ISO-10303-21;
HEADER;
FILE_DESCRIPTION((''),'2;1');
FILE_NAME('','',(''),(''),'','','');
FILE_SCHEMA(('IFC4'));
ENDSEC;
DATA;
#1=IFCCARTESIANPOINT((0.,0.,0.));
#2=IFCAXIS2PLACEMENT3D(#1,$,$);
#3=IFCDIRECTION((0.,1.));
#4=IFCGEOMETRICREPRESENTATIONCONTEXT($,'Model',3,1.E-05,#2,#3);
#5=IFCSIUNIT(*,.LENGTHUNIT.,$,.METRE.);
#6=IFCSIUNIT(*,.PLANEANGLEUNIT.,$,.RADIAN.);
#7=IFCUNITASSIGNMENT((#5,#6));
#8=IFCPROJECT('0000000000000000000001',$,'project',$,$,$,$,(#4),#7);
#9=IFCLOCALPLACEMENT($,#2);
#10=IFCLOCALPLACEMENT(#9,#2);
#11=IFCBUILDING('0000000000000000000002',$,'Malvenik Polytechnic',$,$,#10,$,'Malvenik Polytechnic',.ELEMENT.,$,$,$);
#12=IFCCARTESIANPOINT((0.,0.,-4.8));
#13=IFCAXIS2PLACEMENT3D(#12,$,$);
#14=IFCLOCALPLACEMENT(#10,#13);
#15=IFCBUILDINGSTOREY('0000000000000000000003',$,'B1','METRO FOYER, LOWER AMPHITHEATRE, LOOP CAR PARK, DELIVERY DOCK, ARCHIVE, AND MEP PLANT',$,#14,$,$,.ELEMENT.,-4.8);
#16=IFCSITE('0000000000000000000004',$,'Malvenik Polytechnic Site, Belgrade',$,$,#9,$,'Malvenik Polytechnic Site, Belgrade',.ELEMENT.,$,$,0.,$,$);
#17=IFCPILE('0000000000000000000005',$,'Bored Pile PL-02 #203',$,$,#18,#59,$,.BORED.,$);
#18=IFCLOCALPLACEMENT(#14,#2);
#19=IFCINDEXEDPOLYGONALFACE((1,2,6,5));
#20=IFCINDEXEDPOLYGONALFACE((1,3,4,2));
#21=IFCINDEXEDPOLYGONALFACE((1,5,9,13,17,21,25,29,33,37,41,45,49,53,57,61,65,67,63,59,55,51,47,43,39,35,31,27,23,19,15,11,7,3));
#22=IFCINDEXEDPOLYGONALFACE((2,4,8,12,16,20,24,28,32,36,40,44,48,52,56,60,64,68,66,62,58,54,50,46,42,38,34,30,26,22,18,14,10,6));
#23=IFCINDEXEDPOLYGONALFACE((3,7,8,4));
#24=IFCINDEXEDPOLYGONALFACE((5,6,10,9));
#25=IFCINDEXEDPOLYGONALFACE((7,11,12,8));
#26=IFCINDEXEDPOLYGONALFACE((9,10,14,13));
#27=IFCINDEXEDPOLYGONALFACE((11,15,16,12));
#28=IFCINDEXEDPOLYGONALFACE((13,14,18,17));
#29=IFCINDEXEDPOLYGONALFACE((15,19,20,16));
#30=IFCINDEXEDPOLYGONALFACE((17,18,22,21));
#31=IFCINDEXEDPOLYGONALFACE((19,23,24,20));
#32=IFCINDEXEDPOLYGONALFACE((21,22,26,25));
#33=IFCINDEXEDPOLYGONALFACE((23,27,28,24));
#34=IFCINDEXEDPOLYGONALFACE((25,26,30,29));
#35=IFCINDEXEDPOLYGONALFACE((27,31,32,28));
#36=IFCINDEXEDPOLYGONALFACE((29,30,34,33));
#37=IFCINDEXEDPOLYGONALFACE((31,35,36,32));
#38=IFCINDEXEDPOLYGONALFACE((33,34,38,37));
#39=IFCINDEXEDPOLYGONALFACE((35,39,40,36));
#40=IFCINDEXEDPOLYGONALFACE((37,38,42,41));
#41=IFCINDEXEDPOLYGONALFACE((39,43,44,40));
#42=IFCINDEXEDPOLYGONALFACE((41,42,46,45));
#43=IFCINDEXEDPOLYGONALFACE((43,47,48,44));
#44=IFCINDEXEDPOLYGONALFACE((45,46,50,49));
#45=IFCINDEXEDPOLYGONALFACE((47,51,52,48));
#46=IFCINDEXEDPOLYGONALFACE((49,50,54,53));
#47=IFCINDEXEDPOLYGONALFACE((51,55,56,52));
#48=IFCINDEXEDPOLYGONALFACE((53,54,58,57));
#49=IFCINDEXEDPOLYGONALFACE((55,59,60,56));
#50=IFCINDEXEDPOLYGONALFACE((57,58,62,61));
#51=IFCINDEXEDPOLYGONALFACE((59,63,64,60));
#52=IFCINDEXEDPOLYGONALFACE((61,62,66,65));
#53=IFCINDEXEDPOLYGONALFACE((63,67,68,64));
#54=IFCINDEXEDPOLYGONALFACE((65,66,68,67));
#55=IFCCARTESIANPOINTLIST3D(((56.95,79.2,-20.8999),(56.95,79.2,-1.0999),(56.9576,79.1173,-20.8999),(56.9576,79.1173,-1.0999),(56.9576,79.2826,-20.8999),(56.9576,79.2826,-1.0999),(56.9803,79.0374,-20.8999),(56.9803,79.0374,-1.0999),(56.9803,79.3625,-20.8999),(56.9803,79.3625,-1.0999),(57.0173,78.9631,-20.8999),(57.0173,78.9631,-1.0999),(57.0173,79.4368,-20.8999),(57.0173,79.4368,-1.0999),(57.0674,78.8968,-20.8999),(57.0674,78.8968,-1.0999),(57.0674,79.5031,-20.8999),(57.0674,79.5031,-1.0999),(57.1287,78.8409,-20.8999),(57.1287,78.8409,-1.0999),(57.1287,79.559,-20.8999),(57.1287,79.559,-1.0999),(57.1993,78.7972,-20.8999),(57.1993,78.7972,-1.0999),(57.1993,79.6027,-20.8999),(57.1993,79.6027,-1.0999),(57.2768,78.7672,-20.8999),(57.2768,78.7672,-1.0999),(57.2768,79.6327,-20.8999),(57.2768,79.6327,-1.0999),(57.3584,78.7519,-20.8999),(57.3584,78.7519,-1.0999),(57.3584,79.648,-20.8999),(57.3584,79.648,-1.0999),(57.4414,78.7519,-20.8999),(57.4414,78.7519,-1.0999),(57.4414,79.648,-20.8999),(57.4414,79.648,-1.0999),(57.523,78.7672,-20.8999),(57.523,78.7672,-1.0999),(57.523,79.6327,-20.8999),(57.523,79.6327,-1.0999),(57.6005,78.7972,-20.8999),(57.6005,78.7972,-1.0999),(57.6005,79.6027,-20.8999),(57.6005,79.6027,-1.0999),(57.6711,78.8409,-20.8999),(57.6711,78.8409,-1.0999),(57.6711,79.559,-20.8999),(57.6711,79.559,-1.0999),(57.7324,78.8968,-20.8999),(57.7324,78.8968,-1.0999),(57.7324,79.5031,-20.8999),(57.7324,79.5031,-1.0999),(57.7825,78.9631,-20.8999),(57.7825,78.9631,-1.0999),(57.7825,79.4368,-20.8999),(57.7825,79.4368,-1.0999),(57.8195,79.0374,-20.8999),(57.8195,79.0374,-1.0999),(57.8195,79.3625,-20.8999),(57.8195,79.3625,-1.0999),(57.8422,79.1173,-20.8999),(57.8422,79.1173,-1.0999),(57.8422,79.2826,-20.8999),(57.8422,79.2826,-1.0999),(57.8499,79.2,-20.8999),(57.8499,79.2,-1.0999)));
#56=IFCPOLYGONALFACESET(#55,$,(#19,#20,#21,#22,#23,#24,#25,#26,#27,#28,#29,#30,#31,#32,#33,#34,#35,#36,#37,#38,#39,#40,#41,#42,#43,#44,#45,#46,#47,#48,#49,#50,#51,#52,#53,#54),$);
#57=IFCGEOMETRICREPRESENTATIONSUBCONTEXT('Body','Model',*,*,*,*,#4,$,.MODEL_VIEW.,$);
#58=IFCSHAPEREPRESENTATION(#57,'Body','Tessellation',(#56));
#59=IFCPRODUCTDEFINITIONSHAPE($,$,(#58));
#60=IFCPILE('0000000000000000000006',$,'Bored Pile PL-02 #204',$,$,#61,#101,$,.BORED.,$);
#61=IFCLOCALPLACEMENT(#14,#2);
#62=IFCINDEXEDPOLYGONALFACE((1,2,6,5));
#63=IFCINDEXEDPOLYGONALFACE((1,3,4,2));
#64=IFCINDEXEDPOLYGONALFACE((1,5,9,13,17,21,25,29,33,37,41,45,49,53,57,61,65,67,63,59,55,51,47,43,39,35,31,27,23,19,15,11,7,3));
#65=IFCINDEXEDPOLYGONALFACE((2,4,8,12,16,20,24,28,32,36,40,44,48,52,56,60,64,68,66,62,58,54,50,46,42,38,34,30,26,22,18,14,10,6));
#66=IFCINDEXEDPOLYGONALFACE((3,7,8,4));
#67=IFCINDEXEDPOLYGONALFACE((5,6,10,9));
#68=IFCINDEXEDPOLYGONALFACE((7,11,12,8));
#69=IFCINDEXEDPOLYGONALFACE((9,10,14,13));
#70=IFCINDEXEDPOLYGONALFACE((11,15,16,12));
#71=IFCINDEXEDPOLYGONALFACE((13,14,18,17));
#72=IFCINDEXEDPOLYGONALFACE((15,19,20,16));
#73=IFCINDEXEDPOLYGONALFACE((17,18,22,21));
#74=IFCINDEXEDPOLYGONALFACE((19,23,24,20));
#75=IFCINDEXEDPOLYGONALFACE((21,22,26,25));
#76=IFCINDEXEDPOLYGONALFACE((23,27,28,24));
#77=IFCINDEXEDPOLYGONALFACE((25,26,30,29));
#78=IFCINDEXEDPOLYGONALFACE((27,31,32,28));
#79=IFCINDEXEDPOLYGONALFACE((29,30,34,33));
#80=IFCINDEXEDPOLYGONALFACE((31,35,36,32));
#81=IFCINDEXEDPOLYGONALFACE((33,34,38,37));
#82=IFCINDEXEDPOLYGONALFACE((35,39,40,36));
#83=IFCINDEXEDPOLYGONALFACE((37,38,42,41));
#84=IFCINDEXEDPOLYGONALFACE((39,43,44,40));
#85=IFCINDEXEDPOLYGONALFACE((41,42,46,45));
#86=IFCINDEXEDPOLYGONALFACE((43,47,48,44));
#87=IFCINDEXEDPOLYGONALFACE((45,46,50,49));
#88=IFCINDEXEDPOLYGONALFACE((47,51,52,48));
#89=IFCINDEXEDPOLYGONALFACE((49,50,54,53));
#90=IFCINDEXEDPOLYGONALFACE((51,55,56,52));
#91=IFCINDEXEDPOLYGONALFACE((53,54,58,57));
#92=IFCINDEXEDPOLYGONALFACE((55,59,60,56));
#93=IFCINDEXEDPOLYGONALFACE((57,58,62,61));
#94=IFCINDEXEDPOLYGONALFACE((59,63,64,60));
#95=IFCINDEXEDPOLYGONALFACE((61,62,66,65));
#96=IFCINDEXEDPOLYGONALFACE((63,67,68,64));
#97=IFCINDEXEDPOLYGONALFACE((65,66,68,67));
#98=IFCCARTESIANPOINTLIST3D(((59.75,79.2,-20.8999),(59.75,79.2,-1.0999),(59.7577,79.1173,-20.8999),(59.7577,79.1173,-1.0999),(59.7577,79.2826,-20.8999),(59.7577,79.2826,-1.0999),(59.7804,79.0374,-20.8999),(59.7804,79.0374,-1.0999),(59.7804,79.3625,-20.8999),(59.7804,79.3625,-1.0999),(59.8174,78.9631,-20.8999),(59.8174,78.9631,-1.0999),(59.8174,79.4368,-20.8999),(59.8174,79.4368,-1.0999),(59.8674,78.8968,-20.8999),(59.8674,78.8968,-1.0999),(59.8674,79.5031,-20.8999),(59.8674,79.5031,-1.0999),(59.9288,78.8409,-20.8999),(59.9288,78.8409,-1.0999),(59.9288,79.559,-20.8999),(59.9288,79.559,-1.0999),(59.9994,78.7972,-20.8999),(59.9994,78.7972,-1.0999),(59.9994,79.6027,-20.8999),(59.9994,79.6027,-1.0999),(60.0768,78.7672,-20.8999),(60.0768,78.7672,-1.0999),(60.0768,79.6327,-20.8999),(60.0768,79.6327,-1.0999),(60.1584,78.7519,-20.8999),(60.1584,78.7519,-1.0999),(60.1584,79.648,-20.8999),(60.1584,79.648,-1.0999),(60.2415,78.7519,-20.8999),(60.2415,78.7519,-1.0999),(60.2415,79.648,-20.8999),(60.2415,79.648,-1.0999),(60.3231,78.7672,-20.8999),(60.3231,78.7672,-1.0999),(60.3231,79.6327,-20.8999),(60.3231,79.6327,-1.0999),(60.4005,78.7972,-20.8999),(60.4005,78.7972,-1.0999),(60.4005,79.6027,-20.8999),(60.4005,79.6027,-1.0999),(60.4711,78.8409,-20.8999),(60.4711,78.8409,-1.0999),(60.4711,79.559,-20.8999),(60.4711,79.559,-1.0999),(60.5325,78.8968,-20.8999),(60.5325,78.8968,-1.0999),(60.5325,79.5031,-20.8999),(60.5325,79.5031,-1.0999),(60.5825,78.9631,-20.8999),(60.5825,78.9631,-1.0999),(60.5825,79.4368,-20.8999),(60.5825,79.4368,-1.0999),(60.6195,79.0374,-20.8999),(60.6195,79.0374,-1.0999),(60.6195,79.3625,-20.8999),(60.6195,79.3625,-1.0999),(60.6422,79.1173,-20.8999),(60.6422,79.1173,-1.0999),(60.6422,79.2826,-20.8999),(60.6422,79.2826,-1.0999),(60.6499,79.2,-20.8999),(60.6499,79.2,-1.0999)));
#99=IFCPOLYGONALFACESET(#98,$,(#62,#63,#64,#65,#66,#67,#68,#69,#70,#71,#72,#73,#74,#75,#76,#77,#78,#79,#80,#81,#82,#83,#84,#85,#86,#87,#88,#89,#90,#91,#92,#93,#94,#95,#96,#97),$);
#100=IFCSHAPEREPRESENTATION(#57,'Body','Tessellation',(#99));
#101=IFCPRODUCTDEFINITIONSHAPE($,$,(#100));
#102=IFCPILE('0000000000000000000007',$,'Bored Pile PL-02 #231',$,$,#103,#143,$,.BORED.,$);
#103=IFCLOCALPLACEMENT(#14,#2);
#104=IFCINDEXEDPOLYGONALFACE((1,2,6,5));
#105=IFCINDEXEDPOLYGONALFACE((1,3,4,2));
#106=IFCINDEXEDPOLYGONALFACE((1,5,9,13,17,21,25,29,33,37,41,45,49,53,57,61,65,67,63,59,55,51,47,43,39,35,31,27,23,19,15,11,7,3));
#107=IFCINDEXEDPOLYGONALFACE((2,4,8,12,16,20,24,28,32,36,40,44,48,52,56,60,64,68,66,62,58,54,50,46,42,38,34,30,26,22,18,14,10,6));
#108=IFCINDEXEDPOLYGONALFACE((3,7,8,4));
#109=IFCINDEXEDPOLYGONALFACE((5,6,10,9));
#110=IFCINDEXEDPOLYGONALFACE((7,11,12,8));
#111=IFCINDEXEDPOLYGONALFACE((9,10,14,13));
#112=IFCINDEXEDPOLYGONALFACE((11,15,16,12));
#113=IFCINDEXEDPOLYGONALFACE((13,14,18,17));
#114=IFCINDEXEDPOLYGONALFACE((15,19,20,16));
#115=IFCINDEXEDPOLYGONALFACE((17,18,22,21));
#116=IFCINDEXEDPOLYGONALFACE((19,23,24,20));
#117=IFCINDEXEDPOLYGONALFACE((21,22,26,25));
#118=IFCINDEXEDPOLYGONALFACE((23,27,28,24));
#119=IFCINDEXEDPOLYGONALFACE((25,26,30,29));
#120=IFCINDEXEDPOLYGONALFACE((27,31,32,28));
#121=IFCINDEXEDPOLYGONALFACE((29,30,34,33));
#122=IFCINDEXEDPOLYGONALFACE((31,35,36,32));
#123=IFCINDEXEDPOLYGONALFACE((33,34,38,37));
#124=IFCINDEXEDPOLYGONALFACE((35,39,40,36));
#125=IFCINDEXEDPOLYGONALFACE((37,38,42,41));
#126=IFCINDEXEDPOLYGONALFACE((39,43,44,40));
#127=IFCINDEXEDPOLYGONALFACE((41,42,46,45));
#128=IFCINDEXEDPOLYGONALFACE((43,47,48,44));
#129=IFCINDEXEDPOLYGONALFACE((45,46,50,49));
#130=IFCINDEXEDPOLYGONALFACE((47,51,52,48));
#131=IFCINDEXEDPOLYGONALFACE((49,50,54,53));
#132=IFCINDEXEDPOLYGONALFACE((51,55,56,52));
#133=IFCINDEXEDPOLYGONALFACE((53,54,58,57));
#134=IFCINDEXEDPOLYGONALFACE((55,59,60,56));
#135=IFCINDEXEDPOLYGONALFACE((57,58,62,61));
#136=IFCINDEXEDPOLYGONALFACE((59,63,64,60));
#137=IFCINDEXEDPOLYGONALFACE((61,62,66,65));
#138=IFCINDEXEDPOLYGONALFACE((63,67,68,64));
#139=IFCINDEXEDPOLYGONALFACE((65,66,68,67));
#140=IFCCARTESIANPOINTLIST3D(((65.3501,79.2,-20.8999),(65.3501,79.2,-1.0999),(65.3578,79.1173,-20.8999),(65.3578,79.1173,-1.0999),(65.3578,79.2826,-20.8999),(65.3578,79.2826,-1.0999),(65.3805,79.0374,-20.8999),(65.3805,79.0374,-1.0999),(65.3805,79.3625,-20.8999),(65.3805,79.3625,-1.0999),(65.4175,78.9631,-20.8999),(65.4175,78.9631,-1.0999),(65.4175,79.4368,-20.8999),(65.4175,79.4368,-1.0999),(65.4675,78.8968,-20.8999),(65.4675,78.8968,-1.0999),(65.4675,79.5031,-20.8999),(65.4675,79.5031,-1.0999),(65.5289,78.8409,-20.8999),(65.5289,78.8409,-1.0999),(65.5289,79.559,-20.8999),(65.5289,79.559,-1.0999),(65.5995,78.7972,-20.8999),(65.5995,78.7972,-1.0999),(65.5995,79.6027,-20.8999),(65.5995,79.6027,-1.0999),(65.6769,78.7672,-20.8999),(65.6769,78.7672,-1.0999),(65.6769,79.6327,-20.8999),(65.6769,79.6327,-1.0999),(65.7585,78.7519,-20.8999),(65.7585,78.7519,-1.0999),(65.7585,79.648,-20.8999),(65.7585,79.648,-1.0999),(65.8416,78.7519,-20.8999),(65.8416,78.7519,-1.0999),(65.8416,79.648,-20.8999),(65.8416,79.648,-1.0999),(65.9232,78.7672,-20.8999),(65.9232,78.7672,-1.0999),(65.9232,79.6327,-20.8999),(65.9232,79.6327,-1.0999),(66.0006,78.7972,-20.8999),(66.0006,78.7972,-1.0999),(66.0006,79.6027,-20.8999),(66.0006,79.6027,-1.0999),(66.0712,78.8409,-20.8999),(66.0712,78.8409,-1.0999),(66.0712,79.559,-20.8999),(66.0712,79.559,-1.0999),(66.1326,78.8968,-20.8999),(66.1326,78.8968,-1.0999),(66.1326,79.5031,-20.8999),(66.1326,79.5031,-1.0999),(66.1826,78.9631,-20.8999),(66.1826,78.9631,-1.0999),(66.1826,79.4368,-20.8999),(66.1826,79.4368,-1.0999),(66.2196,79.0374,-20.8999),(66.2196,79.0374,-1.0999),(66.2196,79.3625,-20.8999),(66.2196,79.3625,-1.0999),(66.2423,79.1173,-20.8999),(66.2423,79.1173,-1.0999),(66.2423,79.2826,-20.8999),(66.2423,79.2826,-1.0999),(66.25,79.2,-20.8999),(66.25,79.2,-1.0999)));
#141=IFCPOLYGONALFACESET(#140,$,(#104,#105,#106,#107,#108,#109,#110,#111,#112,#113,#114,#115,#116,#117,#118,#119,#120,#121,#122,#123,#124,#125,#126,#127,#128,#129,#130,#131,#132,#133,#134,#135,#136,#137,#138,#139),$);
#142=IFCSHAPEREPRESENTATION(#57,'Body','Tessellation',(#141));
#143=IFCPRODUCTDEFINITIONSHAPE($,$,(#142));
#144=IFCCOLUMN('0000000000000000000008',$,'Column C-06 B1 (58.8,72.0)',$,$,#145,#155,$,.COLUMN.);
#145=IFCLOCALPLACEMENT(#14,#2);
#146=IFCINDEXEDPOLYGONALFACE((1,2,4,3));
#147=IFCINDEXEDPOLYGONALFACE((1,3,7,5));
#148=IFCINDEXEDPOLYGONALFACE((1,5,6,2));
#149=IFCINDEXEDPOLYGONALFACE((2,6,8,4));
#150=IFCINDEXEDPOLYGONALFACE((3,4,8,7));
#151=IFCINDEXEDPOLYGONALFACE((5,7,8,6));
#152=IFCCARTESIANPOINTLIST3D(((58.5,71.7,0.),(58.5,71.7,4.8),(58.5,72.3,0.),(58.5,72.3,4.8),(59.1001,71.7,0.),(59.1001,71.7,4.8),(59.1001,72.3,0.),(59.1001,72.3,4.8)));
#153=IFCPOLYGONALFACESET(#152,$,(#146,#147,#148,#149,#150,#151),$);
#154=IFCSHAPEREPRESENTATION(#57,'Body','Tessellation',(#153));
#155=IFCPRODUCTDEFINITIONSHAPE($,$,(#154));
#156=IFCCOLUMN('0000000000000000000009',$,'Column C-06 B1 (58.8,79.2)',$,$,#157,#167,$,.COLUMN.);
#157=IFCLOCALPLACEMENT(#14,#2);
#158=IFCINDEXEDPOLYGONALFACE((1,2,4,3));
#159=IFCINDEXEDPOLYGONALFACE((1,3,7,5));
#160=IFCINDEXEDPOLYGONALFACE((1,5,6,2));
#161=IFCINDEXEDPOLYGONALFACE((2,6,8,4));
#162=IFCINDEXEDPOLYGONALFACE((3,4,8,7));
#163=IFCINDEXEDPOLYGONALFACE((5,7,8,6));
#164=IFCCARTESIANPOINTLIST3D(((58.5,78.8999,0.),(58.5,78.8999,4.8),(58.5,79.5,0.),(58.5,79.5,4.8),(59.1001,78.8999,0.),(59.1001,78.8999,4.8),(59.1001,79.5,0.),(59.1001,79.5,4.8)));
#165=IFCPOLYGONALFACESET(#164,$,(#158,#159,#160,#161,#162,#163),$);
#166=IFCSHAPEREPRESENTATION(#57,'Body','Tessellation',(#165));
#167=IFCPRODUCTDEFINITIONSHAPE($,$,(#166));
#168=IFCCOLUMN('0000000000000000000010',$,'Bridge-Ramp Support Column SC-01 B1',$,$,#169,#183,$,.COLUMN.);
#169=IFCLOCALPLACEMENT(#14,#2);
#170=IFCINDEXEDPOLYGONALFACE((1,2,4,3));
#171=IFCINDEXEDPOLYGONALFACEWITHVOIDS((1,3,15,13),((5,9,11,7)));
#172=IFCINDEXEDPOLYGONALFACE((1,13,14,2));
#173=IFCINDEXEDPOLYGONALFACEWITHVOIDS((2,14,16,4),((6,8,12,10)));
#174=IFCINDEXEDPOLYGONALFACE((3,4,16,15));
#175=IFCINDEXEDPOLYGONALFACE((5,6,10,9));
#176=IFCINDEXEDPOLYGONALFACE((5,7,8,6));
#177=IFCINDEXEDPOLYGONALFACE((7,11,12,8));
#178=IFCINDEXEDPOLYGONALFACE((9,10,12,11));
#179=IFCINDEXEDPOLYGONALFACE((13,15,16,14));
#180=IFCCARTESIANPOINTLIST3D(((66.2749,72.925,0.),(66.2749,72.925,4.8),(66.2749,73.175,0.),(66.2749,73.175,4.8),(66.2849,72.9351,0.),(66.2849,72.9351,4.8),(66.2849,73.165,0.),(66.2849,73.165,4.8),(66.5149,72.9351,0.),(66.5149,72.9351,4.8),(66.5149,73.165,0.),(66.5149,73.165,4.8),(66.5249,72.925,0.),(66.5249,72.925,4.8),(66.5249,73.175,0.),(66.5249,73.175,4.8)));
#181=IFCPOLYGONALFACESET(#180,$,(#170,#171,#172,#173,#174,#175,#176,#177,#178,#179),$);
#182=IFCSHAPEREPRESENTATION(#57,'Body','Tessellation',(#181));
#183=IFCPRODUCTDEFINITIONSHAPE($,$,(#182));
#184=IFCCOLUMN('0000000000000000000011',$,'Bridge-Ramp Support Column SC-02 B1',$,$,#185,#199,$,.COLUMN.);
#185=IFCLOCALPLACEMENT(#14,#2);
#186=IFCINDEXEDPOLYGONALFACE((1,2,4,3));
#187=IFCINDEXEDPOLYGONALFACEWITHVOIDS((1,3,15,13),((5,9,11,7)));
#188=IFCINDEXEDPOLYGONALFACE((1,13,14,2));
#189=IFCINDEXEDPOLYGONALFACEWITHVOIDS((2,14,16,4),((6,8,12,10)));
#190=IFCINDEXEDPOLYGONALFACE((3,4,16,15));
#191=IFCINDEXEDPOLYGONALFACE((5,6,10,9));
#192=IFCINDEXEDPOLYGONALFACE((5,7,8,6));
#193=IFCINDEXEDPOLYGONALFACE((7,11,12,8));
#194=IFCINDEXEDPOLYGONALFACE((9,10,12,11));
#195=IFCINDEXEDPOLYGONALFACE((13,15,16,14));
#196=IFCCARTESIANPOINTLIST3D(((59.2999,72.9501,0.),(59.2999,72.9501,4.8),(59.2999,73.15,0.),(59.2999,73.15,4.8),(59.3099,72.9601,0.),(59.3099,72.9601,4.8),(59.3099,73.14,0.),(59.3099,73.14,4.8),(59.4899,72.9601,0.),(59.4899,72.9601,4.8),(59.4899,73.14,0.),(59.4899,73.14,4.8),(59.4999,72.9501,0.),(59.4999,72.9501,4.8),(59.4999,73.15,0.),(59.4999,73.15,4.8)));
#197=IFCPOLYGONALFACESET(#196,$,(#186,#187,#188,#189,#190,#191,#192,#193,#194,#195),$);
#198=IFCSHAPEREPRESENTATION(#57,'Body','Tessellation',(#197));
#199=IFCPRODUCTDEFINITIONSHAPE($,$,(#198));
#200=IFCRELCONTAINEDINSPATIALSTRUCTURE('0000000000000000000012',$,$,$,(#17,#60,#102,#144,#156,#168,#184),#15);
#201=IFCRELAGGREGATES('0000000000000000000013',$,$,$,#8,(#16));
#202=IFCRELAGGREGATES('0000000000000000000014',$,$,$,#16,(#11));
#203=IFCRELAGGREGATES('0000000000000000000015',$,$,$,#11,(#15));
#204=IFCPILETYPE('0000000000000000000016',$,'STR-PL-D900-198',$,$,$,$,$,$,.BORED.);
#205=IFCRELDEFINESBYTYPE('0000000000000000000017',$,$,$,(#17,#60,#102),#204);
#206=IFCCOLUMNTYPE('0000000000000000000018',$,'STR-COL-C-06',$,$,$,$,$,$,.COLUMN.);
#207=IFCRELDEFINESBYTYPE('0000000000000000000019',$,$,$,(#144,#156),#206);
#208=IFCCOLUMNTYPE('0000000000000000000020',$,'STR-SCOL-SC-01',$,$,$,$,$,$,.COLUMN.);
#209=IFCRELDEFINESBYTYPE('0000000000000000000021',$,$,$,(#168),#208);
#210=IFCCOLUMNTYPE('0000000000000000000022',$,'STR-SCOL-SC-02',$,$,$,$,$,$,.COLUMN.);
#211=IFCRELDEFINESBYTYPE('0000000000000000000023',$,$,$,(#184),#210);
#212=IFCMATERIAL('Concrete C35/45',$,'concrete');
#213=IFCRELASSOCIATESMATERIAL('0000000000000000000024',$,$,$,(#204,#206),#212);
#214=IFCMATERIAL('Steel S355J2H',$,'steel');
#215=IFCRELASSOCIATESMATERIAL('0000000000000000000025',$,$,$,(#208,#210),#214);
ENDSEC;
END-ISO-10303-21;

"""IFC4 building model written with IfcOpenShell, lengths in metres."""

from ifc_helpers import new_model, si_unit, direction, frame, origin, origin_2d, place, context, subcontext, project, spatial, rectangle, hollow_rectangle, circle, extrude, material, material_profile, profile_set, type_object, element, save


model = new_model("IFC4")

# Units and contexts
model_context = context("Model", 3, precision=1e-05, world=origin(), true_north=direction((0.0, 1.0)))
body_context = subcontext(model_context, "Body", "Model", "MODEL_VIEW")
ifc_project = project(units=[si_unit("LENGTHUNIT", "METRE"), si_unit("PLANEANGLEUNIT", "RADIAN")], contexts=[model_context])

# Site, building, storey
site_placement = place(None, origin())
site = spatial("IfcSite", under=ifc_project, at=site_placement, Name="Malvenik Polytechnic Site, Belgrade", LongName="Malvenik Polytechnic Site, Belgrade", CompositionType="ELEMENT", RefElevation=0.0)
building_placement = place(site_placement, origin())
building = spatial("IfcBuilding", under=site, at=building_placement, Name="Malvenik Polytechnic", LongName="Malvenik Polytechnic", CompositionType="ELEMENT")
storey_placement = place(building_placement, frame((0.0, 0.0, -4.8)))
storey = spatial("IfcBuildingStorey", under=building, at=storey_placement, Name="B1", Description="METRO FOYER, LOWER AMPHITHEATRE, LOOP CAR PARK, DELIVERY DOCK, ARCHIVE, AND MEP PLANT", CompositionType="ELEMENT", Elevation=-4.8)

# Shared definitions
ifc_material_1 = material(Name="Concrete C35/45", Category="concrete")

# Piles
ifc_material_profile_1 = material_profile(ifc_material_1, circle(Radius=0.45, at=origin_2d()), Name="BORED PILE D900")
ifc_profile_set_1 = profile_set([ifc_material_profile_1], Name="Concrete C35/45")
pile_type_1 = type_object("IfcPileType", Name="STR-PL-D900-198", PredefinedType="BORED", material=ifc_profile_set_1)
for number, where, z_axis, x_axis, name in (
    (1, (57.3999, 79.2, -1.0999), (0.0, 0.0, -1.0), (1.0, 0.0, 0.0), "Bored Pile PL-02 #203"),
    (2, (60.2, 79.2, -1.0999), (0.0, 0.0, -1.0), (1.0, 0.0, 0.0), "Bored Pile PL-02 #204"),
    (3, (65.8, 79.2, -1.0999), (0.0, 0.0, -1.0), (1.0, 0.0, 0.0), "Bored Pile PL-02 #231"),
):
    element("IfcPile", number, at=place(storey_placement, frame(where, z_axis=z_axis, x_axis=x_axis)), inside=storey, type_object=pile_type_1, Name=name, PredefinedType="BORED", context=body_context, shape_type="SweptSolid", body=[
        extrude(circle(Radius=0.45, at=origin_2d()), origin(), (0.0, 0.0, 1.0), 19.8),
    ])

# Columns
ifc_material_profile_2 = material_profile(ifc_material_1, rectangle(XDim=0.6001, YDim=0.6001, at=origin_2d()), Name="RC COL 600x600")
ifc_profile_set_2 = profile_set([ifc_material_profile_2], Name="Concrete C35/45")
column_type_1 = type_object("IfcColumnType", Name="STR-COL-C-06", PredefinedType="COLUMN", material=ifc_profile_set_2)
for number, where, z_axis, x_axis, name in (
    (4, (58.8, 72.0, 0.0), (0.0, 0.0, 1.0), (1.0, 0.0, 0.0), "Column C-06 B1 (58.8,72.0)"),
    (5, (58.8, 79.2, 0.0), (0.0, 0.0, 1.0), (1.0, 0.0, 0.0), "Column C-06 B1 (58.8,79.2)"),
):
    element("IfcColumn", number, at=place(storey_placement, frame(where, z_axis=z_axis, x_axis=x_axis)), inside=storey, type_object=column_type_1, Name=name, PredefinedType="COLUMN", context=body_context, shape_type="SweptSolid", body=[
        extrude(rectangle(XDim=0.6001, YDim=0.6001, at=origin_2d()), origin(), (0.0, 0.0, 1.0), 4.8),
    ])
ifc_material_2 = material(Name="Steel S355J2H", Category="steel")
ifc_material_profile_3 = material_profile(ifc_material_2, hollow_rectangle(XDim=0.25, YDim=0.25, WallThickness=0.01, at=origin_2d()), Name="SHS 250x250x10.0")
ifc_profile_set_3 = profile_set([ifc_material_profile_3], Name="Steel S355J2H")
column_type_2 = type_object("IfcColumnType", Name="STR-SCOL-SC-01", PredefinedType="COLUMN", material=ifc_profile_set_3)
column_1_placement = place(storey_placement, frame((66.3999, 73.05, 0.0), z_axis=(0.0, 0.0, 1.0), x_axis=(1.0, 0.0, 0.0)))
element("IfcColumn", 6, at=column_1_placement, inside=storey, type_object=column_type_2, Name="Bridge-Ramp Support Column SC-01 B1", PredefinedType="COLUMN", context=body_context, shape_type="SweptSolid", body=[
    extrude(hollow_rectangle(XDim=0.25, YDim=0.25, WallThickness=0.01, at=origin_2d()), origin(), (0.0, 0.0, 1.0), 4.8),
])
ifc_material_profile_4 = material_profile(ifc_material_2, hollow_rectangle(XDim=0.2, YDim=0.2, WallThickness=0.01, at=origin_2d()), Name="SHS 200x200x10.0")
ifc_profile_set_4 = profile_set([ifc_material_profile_4], Name="Steel S355J2H")
column_type_3 = type_object("IfcColumnType", Name="STR-SCOL-SC-02", PredefinedType="COLUMN", material=ifc_profile_set_4)
column_2_placement = place(storey_placement, frame((59.3999, 73.05, 0.0), z_axis=(0.0, 0.0, 1.0), x_axis=(1.0, 0.0, 0.0)))
element("IfcColumn", 7, at=column_2_placement, inside=storey, type_object=column_type_3, Name="Bridge-Ramp Support Column SC-02 B1", PredefinedType="COLUMN", context=body_context, shape_type="SweptSolid", body=[
    extrude(hollow_rectangle(XDim=0.2, YDim=0.2, WallThickness=0.01, at=origin_2d()), origin(), (0.0, 0.0, 1.0), 4.8),
])

save(model, "model.ifc")
